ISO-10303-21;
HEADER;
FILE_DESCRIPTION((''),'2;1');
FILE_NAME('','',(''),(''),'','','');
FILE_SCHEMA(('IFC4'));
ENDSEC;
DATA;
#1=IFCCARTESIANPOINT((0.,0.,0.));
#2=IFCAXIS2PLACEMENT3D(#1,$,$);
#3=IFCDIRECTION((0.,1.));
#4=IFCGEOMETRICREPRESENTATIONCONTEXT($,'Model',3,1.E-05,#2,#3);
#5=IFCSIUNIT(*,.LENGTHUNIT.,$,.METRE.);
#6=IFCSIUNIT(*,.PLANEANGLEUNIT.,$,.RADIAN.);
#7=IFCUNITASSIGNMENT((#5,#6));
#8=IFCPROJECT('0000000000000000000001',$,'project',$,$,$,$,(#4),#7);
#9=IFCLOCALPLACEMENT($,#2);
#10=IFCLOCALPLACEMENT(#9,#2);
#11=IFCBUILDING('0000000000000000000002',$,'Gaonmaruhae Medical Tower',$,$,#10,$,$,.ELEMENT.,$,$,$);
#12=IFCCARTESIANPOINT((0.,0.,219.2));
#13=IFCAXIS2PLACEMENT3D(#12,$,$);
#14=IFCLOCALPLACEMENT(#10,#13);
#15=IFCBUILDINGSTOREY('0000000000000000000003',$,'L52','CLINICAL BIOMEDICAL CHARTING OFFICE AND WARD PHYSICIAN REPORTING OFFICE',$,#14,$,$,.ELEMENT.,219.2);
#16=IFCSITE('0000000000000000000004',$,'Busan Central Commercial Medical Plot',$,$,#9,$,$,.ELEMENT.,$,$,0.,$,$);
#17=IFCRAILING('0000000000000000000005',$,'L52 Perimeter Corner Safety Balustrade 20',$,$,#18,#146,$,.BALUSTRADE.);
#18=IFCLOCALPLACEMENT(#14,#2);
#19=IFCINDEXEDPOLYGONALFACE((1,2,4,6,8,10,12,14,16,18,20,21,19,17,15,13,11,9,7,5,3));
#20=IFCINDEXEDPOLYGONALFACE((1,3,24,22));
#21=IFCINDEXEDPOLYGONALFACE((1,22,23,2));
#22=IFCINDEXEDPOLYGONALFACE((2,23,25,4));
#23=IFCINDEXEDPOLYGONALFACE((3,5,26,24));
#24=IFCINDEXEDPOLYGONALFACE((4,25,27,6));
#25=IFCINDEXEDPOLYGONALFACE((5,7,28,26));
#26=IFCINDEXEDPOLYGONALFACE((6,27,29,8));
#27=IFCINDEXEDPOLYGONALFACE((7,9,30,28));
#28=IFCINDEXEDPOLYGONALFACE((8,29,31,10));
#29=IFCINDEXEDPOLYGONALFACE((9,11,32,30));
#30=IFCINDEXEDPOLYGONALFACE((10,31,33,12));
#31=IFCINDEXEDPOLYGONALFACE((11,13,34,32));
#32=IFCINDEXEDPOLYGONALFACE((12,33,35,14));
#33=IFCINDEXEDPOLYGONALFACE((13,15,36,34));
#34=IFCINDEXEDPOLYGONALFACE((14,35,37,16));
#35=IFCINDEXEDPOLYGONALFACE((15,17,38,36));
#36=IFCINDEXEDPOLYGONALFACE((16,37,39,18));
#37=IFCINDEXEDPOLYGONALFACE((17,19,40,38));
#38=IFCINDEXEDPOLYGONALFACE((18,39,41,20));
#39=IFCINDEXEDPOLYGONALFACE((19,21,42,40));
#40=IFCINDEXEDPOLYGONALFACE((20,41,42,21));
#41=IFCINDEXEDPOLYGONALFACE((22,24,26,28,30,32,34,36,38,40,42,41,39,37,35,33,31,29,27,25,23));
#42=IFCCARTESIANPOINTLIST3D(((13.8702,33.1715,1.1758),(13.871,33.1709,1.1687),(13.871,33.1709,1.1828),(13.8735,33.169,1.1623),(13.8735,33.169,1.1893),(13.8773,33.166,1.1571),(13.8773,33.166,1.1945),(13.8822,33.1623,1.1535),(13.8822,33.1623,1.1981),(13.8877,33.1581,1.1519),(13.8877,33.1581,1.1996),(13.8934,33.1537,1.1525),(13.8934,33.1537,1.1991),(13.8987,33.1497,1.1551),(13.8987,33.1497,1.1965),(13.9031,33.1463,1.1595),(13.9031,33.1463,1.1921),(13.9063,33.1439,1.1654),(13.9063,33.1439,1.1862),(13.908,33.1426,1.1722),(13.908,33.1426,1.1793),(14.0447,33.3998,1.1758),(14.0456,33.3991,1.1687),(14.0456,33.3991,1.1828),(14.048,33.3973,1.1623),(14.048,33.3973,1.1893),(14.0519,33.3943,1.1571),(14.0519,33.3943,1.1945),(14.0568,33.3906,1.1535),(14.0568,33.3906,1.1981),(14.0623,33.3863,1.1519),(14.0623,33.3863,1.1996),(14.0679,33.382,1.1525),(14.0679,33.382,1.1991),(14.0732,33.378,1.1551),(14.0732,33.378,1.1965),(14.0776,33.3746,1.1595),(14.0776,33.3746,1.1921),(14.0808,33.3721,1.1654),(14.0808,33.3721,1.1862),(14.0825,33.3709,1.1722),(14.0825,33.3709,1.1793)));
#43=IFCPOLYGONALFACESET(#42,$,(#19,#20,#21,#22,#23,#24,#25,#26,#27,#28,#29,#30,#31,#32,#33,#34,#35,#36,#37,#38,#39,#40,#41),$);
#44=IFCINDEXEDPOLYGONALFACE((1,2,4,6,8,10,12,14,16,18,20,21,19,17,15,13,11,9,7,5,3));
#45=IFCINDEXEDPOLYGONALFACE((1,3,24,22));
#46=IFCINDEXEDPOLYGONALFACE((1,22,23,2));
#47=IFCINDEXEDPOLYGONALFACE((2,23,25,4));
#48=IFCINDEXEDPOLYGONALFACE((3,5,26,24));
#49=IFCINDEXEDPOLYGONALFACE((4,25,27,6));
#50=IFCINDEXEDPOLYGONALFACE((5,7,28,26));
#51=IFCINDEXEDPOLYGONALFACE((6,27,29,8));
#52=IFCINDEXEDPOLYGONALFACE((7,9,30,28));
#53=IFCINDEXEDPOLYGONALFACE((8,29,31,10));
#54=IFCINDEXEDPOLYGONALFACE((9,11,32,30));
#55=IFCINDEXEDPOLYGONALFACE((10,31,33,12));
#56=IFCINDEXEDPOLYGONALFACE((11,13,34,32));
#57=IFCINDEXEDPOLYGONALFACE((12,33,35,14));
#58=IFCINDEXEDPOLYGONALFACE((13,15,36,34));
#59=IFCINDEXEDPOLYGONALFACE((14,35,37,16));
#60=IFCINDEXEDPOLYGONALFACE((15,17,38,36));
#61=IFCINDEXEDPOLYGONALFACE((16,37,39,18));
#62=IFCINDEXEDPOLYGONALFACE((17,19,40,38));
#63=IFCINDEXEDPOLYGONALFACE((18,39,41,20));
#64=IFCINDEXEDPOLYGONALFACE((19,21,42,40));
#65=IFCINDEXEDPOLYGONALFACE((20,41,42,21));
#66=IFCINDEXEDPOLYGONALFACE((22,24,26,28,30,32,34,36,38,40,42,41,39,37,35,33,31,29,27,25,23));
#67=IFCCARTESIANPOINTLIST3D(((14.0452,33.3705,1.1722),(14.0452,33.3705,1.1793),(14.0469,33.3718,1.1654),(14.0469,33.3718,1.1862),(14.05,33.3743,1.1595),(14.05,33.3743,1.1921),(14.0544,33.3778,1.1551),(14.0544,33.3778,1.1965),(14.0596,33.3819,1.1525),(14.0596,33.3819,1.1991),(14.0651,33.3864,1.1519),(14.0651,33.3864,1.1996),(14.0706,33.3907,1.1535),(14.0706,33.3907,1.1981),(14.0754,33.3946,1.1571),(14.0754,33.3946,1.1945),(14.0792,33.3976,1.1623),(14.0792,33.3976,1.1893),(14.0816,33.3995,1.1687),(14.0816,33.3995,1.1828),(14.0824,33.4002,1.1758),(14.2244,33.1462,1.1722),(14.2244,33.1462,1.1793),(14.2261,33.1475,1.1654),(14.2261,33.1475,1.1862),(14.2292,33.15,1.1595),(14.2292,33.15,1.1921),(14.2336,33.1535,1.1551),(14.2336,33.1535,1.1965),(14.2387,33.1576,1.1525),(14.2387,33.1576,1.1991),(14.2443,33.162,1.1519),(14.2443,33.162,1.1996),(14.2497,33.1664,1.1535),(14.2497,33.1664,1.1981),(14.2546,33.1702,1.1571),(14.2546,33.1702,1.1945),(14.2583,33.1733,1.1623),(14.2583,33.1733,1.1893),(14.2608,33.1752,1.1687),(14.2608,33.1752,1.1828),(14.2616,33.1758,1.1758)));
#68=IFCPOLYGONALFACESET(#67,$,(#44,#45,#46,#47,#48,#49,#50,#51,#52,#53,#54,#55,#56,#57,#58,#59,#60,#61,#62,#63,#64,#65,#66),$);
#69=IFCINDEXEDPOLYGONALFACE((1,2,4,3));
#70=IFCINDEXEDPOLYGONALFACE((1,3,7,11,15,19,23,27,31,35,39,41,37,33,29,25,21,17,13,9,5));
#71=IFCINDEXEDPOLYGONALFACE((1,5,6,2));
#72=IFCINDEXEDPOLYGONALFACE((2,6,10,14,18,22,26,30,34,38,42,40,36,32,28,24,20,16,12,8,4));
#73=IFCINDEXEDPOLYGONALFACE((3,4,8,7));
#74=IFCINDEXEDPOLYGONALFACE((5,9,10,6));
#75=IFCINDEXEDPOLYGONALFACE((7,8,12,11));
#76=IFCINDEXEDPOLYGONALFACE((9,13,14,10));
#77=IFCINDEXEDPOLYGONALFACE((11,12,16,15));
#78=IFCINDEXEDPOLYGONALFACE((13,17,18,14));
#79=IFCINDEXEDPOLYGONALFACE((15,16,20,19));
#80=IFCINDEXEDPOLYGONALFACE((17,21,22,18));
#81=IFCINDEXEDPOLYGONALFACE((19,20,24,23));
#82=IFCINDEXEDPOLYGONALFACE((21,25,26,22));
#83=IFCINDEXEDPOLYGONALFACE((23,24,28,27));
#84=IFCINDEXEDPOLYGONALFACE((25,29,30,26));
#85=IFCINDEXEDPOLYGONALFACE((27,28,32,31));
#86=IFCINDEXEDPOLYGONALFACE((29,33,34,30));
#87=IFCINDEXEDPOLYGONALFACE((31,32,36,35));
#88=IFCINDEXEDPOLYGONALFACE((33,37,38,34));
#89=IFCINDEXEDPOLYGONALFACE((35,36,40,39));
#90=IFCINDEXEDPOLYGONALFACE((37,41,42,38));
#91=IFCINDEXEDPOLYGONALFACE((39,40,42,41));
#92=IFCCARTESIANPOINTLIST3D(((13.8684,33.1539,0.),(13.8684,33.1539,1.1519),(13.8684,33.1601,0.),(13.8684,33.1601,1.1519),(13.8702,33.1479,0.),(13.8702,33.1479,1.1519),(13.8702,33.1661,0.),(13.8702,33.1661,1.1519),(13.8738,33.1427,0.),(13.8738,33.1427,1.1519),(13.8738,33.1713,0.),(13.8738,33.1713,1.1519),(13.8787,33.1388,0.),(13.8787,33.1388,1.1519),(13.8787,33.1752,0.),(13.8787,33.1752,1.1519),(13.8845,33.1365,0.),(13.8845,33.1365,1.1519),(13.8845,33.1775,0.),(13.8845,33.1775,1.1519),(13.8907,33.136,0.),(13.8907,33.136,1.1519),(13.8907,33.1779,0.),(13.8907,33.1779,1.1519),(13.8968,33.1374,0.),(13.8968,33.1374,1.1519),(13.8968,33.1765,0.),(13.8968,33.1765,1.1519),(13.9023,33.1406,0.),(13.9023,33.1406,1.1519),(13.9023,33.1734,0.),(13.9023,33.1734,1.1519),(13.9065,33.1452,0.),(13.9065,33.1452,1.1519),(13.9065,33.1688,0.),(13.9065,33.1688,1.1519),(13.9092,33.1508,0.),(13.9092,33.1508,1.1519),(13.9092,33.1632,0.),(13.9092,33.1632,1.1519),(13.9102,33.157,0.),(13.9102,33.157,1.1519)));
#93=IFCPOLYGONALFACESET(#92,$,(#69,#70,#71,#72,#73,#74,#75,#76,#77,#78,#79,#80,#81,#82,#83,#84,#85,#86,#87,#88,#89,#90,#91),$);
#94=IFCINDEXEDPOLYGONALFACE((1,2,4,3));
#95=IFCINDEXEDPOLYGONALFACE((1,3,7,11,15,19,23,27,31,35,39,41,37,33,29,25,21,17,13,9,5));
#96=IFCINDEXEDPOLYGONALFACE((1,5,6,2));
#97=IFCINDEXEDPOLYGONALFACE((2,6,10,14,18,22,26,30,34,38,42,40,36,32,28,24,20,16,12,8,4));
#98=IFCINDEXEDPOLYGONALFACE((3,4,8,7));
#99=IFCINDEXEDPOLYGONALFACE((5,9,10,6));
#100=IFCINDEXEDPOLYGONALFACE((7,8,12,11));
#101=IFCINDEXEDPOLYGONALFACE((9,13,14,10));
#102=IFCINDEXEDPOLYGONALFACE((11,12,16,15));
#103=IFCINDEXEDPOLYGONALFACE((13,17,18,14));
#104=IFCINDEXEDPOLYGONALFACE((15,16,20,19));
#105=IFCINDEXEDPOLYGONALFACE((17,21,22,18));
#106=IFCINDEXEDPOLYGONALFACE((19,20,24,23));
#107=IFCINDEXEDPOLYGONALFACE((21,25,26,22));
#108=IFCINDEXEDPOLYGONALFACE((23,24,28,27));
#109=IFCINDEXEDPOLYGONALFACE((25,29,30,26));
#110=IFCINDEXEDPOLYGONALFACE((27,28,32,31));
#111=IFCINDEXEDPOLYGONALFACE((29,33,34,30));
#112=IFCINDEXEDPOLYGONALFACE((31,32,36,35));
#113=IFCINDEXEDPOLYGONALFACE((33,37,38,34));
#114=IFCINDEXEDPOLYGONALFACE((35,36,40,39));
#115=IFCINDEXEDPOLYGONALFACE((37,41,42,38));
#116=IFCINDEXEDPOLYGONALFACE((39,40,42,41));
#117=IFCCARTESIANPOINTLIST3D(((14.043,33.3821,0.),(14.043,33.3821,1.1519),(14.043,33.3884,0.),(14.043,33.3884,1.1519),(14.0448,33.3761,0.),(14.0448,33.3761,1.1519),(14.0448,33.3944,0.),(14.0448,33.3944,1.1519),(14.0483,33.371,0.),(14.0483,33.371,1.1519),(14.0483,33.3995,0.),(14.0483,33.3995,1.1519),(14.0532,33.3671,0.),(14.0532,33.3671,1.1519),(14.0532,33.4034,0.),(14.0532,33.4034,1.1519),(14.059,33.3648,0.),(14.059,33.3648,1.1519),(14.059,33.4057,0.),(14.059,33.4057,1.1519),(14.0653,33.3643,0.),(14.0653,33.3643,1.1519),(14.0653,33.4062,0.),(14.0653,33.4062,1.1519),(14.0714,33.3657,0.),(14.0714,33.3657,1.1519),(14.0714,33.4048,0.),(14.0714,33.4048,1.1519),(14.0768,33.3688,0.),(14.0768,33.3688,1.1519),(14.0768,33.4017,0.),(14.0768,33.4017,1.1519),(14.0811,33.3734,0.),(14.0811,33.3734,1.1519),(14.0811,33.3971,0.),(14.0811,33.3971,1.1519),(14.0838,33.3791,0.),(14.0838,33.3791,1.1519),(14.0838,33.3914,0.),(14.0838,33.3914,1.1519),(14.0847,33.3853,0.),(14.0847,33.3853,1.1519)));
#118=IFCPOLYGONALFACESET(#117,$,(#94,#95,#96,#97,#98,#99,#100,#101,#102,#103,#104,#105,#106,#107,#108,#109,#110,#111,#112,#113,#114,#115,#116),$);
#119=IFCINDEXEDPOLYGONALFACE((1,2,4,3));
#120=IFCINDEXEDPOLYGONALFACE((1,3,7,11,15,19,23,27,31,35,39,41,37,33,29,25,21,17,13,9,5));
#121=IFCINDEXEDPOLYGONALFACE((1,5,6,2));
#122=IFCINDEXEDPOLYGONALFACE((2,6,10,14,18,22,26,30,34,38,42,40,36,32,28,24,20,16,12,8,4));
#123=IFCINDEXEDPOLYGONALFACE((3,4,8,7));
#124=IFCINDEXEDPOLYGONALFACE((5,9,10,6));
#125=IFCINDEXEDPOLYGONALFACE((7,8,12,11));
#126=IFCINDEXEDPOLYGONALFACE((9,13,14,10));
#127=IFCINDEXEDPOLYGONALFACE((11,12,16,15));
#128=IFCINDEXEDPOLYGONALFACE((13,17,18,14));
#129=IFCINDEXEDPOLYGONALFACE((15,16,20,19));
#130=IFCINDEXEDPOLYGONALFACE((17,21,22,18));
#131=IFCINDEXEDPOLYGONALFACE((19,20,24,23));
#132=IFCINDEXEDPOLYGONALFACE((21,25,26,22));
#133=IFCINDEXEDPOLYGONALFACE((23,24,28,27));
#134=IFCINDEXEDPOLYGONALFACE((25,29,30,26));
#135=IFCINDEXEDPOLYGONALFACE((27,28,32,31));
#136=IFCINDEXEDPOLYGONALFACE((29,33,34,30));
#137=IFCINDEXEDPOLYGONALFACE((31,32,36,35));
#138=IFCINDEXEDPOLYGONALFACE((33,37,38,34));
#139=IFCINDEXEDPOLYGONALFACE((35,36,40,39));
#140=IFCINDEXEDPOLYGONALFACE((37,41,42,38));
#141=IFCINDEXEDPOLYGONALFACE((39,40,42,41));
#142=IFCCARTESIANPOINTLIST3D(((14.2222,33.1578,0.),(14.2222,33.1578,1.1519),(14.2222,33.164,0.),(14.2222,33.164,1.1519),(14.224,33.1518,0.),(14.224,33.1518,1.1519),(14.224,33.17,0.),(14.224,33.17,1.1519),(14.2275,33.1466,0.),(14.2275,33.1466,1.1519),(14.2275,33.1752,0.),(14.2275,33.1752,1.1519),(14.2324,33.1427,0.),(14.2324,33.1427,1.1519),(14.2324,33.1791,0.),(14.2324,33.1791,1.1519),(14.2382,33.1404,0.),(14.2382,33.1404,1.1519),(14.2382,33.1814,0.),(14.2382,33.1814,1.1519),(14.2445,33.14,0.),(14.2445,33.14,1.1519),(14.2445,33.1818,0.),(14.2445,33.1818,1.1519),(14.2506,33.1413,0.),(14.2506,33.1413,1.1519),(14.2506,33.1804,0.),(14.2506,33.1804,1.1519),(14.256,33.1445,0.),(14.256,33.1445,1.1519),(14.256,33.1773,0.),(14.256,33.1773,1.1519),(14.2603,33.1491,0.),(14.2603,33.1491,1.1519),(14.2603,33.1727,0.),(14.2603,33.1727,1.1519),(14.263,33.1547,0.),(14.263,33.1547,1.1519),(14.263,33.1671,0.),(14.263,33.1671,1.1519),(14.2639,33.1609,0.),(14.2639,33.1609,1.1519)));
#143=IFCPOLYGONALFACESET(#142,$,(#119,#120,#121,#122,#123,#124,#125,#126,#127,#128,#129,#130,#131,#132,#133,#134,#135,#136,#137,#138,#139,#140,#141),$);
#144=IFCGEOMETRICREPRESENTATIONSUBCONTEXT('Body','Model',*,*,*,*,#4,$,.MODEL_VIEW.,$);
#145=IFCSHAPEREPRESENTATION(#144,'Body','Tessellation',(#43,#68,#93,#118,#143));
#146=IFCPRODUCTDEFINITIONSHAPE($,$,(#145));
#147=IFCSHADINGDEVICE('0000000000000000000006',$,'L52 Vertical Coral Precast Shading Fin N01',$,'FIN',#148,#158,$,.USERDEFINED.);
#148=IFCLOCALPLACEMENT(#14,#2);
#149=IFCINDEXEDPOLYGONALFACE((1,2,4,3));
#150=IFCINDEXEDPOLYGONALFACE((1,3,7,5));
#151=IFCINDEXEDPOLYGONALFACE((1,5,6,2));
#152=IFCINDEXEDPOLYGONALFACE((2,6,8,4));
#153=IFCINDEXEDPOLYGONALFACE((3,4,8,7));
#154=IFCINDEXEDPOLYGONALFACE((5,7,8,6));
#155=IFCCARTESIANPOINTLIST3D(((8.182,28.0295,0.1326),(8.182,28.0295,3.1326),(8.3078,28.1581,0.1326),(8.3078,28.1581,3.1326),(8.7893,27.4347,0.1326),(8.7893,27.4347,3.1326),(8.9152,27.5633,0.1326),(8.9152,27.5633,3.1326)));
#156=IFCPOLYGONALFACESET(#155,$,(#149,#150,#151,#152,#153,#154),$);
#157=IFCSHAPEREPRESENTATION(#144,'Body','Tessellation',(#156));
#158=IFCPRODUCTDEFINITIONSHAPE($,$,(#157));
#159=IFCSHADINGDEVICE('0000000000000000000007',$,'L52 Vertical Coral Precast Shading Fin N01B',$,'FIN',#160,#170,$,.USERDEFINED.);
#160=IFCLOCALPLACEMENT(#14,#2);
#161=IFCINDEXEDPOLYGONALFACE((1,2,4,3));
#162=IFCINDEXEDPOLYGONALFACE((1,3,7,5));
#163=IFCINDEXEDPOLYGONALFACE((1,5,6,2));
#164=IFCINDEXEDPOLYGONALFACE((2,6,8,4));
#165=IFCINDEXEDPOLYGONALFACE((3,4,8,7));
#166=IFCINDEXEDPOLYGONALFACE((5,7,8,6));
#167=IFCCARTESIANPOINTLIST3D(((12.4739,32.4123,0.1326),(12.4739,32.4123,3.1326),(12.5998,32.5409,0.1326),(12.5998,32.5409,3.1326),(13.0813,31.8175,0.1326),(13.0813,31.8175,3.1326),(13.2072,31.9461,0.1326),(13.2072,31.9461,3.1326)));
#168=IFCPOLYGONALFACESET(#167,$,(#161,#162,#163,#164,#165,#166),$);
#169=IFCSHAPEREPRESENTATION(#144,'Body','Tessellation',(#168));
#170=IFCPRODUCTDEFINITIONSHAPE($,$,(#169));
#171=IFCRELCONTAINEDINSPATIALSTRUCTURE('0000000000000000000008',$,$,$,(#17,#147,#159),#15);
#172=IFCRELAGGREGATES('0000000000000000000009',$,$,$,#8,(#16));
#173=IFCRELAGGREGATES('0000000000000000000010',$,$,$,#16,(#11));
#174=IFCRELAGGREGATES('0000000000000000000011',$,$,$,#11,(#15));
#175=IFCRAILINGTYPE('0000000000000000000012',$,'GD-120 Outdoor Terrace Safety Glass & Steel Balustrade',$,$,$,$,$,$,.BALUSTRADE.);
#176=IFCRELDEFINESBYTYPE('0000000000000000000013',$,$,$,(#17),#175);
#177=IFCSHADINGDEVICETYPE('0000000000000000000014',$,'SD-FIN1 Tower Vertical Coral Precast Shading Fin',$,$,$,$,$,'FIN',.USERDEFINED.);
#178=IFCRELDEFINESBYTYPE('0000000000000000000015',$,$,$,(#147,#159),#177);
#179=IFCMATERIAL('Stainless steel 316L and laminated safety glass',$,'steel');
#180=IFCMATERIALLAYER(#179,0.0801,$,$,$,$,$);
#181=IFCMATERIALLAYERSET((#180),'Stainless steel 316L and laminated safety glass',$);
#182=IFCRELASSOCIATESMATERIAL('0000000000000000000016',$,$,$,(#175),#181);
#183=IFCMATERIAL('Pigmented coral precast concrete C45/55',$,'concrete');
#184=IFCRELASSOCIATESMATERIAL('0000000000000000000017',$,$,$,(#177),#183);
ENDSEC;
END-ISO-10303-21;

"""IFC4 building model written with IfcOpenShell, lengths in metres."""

from ifc_helpers import new_model, si_unit, direction, frame, origin, origin_2d, place, context, subcontext, project, spatial, rectangle, circle, extrude, material, layer, layer_set, type_object, element, save


model = new_model("IFC4")

# Units and contexts
model_context = context("Model", 3, precision=1e-05, world=origin(), true_north=direction((0.0, 1.0)))
body_context = subcontext(model_context, "Body", "Model", "MODEL_VIEW")
ifc_project = project(units=[si_unit("LENGTHUNIT", "METRE"), si_unit("PLANEANGLEUNIT", "RADIAN")], contexts=[model_context])

# Site, building, storey
site_placement = place(None, origin())
site = spatial("IfcSite", under=ifc_project, at=site_placement, Name="Busan Central Commercial Medical Plot", CompositionType="ELEMENT", RefElevation=0.0)
building_placement = place(site_placement, origin())
building = spatial("IfcBuilding", under=site, at=building_placement, Name="Gaonmaruhae Medical Tower", CompositionType="ELEMENT")
storey_placement = place(building_placement, frame((0.0, 0.0, 219.2)))
storey = spatial("IfcBuildingStorey", under=building, at=storey_placement, Name="L52", Description="CLINICAL BIOMEDICAL CHARTING OFFICE AND WARD PHYSICIAN REPORTING OFFICE", CompositionType="ELEMENT", Elevation=219.2)

# Railing
ifc_material_1 = material(Name="Stainless steel 316L and laminated safety glass", Category="steel")
ifc_layer_1 = layer(ifc_material_1, 0.0801)
ifc_layer_set_1 = layer_set([ifc_layer_1], Name="Stainless steel 316L and laminated safety glass")
railing_type = type_object("IfcRailingType", Name="GD-120 Outdoor Terrace Safety Glass & Steel Balustrade", PredefinedType="BALUSTRADE", material=ifc_layer_set_1)
railing_1_placement = place(storey_placement, frame((13.8892, 33.157, 0.0)))
element("IfcRailing", 1, at=railing_1_placement, inside=storey, type_object=railing_type, Name="L52 Perimeter Corner Safety Balustrade 20", PredefinedType="BALUSTRADE", context=body_context, shape_type="SweptSolid", body=[
    extrude(circle(Radius=0.0239, at=origin_2d()), frame((0.0, 0.0, 1.1758), z_axis=(0.60745, 0.794358, 0.0), x_axis=(-0.794358, 0.60745, 0.0)), (0.0, 0.0, 1.0), 0.2874),
    extrude(circle(Radius=0.0239, at=origin_2d()), frame((0.1746, 0.2283, 1.1758), z_axis=(0.624073, -0.781366, 0.0), x_axis=(0.781366, 0.624073, 0.0)), (0.0, 0.0, 1.0), 0.2871),
    extrude(circle(Radius=0.021, at=origin_2d()), origin(), (0.0, 0.0, 1.0), 1.1519),
    extrude(circle(Radius=0.021, at=origin_2d()), frame((0.1746, 0.2283, 0.0)), (0.0, 0.0, 1.0), 1.1519),
    extrude(circle(Radius=0.021, at=origin_2d()), frame((0.3538, 0.0039, 0.0)), (0.0, 0.0, 1.0), 1.1519),
])

# Shading devices
ifc_material_2 = material(Name="Pigmented coral precast concrete C45/55", Category="concrete")
shading_device_type = type_object("IfcShadingDeviceType", Name="SD-FIN1 Tower Vertical Coral Precast Shading Fin", ElementType="FIN", PredefinedType="USERDEFINED", material=ifc_material_2)
for number, where, z_axis, x_axis, name in (
    (2, (8.5486, 27.7964, 0.1326), (0.0, 0.0, 1.0), (0.699663, 0.714473, 0.0), "L52 Vertical Coral Precast Shading Fin N01"),
    (3, (12.8406, 32.1792, 0.1326), (0.0, 0.0, 1.0), (0.699663, 0.714473, 0.0), "L52 Vertical Coral Precast Shading Fin N01B"),
):
    element("IfcShadingDevice", number, at=place(storey_placement, frame(where, z_axis=z_axis, x_axis=x_axis)), inside=storey, type_object=shading_device_type, Name=name, ObjectType="FIN", PredefinedType="USERDEFINED", context=body_context, shape_type="SweptSolid", body=[
        extrude(rectangle(XDim=0.1799, YDim=0.8501, at=origin_2d()), origin(), (0.0, 0.0, 1.0), 3.0),
    ])

save(model, "model.ifc")
